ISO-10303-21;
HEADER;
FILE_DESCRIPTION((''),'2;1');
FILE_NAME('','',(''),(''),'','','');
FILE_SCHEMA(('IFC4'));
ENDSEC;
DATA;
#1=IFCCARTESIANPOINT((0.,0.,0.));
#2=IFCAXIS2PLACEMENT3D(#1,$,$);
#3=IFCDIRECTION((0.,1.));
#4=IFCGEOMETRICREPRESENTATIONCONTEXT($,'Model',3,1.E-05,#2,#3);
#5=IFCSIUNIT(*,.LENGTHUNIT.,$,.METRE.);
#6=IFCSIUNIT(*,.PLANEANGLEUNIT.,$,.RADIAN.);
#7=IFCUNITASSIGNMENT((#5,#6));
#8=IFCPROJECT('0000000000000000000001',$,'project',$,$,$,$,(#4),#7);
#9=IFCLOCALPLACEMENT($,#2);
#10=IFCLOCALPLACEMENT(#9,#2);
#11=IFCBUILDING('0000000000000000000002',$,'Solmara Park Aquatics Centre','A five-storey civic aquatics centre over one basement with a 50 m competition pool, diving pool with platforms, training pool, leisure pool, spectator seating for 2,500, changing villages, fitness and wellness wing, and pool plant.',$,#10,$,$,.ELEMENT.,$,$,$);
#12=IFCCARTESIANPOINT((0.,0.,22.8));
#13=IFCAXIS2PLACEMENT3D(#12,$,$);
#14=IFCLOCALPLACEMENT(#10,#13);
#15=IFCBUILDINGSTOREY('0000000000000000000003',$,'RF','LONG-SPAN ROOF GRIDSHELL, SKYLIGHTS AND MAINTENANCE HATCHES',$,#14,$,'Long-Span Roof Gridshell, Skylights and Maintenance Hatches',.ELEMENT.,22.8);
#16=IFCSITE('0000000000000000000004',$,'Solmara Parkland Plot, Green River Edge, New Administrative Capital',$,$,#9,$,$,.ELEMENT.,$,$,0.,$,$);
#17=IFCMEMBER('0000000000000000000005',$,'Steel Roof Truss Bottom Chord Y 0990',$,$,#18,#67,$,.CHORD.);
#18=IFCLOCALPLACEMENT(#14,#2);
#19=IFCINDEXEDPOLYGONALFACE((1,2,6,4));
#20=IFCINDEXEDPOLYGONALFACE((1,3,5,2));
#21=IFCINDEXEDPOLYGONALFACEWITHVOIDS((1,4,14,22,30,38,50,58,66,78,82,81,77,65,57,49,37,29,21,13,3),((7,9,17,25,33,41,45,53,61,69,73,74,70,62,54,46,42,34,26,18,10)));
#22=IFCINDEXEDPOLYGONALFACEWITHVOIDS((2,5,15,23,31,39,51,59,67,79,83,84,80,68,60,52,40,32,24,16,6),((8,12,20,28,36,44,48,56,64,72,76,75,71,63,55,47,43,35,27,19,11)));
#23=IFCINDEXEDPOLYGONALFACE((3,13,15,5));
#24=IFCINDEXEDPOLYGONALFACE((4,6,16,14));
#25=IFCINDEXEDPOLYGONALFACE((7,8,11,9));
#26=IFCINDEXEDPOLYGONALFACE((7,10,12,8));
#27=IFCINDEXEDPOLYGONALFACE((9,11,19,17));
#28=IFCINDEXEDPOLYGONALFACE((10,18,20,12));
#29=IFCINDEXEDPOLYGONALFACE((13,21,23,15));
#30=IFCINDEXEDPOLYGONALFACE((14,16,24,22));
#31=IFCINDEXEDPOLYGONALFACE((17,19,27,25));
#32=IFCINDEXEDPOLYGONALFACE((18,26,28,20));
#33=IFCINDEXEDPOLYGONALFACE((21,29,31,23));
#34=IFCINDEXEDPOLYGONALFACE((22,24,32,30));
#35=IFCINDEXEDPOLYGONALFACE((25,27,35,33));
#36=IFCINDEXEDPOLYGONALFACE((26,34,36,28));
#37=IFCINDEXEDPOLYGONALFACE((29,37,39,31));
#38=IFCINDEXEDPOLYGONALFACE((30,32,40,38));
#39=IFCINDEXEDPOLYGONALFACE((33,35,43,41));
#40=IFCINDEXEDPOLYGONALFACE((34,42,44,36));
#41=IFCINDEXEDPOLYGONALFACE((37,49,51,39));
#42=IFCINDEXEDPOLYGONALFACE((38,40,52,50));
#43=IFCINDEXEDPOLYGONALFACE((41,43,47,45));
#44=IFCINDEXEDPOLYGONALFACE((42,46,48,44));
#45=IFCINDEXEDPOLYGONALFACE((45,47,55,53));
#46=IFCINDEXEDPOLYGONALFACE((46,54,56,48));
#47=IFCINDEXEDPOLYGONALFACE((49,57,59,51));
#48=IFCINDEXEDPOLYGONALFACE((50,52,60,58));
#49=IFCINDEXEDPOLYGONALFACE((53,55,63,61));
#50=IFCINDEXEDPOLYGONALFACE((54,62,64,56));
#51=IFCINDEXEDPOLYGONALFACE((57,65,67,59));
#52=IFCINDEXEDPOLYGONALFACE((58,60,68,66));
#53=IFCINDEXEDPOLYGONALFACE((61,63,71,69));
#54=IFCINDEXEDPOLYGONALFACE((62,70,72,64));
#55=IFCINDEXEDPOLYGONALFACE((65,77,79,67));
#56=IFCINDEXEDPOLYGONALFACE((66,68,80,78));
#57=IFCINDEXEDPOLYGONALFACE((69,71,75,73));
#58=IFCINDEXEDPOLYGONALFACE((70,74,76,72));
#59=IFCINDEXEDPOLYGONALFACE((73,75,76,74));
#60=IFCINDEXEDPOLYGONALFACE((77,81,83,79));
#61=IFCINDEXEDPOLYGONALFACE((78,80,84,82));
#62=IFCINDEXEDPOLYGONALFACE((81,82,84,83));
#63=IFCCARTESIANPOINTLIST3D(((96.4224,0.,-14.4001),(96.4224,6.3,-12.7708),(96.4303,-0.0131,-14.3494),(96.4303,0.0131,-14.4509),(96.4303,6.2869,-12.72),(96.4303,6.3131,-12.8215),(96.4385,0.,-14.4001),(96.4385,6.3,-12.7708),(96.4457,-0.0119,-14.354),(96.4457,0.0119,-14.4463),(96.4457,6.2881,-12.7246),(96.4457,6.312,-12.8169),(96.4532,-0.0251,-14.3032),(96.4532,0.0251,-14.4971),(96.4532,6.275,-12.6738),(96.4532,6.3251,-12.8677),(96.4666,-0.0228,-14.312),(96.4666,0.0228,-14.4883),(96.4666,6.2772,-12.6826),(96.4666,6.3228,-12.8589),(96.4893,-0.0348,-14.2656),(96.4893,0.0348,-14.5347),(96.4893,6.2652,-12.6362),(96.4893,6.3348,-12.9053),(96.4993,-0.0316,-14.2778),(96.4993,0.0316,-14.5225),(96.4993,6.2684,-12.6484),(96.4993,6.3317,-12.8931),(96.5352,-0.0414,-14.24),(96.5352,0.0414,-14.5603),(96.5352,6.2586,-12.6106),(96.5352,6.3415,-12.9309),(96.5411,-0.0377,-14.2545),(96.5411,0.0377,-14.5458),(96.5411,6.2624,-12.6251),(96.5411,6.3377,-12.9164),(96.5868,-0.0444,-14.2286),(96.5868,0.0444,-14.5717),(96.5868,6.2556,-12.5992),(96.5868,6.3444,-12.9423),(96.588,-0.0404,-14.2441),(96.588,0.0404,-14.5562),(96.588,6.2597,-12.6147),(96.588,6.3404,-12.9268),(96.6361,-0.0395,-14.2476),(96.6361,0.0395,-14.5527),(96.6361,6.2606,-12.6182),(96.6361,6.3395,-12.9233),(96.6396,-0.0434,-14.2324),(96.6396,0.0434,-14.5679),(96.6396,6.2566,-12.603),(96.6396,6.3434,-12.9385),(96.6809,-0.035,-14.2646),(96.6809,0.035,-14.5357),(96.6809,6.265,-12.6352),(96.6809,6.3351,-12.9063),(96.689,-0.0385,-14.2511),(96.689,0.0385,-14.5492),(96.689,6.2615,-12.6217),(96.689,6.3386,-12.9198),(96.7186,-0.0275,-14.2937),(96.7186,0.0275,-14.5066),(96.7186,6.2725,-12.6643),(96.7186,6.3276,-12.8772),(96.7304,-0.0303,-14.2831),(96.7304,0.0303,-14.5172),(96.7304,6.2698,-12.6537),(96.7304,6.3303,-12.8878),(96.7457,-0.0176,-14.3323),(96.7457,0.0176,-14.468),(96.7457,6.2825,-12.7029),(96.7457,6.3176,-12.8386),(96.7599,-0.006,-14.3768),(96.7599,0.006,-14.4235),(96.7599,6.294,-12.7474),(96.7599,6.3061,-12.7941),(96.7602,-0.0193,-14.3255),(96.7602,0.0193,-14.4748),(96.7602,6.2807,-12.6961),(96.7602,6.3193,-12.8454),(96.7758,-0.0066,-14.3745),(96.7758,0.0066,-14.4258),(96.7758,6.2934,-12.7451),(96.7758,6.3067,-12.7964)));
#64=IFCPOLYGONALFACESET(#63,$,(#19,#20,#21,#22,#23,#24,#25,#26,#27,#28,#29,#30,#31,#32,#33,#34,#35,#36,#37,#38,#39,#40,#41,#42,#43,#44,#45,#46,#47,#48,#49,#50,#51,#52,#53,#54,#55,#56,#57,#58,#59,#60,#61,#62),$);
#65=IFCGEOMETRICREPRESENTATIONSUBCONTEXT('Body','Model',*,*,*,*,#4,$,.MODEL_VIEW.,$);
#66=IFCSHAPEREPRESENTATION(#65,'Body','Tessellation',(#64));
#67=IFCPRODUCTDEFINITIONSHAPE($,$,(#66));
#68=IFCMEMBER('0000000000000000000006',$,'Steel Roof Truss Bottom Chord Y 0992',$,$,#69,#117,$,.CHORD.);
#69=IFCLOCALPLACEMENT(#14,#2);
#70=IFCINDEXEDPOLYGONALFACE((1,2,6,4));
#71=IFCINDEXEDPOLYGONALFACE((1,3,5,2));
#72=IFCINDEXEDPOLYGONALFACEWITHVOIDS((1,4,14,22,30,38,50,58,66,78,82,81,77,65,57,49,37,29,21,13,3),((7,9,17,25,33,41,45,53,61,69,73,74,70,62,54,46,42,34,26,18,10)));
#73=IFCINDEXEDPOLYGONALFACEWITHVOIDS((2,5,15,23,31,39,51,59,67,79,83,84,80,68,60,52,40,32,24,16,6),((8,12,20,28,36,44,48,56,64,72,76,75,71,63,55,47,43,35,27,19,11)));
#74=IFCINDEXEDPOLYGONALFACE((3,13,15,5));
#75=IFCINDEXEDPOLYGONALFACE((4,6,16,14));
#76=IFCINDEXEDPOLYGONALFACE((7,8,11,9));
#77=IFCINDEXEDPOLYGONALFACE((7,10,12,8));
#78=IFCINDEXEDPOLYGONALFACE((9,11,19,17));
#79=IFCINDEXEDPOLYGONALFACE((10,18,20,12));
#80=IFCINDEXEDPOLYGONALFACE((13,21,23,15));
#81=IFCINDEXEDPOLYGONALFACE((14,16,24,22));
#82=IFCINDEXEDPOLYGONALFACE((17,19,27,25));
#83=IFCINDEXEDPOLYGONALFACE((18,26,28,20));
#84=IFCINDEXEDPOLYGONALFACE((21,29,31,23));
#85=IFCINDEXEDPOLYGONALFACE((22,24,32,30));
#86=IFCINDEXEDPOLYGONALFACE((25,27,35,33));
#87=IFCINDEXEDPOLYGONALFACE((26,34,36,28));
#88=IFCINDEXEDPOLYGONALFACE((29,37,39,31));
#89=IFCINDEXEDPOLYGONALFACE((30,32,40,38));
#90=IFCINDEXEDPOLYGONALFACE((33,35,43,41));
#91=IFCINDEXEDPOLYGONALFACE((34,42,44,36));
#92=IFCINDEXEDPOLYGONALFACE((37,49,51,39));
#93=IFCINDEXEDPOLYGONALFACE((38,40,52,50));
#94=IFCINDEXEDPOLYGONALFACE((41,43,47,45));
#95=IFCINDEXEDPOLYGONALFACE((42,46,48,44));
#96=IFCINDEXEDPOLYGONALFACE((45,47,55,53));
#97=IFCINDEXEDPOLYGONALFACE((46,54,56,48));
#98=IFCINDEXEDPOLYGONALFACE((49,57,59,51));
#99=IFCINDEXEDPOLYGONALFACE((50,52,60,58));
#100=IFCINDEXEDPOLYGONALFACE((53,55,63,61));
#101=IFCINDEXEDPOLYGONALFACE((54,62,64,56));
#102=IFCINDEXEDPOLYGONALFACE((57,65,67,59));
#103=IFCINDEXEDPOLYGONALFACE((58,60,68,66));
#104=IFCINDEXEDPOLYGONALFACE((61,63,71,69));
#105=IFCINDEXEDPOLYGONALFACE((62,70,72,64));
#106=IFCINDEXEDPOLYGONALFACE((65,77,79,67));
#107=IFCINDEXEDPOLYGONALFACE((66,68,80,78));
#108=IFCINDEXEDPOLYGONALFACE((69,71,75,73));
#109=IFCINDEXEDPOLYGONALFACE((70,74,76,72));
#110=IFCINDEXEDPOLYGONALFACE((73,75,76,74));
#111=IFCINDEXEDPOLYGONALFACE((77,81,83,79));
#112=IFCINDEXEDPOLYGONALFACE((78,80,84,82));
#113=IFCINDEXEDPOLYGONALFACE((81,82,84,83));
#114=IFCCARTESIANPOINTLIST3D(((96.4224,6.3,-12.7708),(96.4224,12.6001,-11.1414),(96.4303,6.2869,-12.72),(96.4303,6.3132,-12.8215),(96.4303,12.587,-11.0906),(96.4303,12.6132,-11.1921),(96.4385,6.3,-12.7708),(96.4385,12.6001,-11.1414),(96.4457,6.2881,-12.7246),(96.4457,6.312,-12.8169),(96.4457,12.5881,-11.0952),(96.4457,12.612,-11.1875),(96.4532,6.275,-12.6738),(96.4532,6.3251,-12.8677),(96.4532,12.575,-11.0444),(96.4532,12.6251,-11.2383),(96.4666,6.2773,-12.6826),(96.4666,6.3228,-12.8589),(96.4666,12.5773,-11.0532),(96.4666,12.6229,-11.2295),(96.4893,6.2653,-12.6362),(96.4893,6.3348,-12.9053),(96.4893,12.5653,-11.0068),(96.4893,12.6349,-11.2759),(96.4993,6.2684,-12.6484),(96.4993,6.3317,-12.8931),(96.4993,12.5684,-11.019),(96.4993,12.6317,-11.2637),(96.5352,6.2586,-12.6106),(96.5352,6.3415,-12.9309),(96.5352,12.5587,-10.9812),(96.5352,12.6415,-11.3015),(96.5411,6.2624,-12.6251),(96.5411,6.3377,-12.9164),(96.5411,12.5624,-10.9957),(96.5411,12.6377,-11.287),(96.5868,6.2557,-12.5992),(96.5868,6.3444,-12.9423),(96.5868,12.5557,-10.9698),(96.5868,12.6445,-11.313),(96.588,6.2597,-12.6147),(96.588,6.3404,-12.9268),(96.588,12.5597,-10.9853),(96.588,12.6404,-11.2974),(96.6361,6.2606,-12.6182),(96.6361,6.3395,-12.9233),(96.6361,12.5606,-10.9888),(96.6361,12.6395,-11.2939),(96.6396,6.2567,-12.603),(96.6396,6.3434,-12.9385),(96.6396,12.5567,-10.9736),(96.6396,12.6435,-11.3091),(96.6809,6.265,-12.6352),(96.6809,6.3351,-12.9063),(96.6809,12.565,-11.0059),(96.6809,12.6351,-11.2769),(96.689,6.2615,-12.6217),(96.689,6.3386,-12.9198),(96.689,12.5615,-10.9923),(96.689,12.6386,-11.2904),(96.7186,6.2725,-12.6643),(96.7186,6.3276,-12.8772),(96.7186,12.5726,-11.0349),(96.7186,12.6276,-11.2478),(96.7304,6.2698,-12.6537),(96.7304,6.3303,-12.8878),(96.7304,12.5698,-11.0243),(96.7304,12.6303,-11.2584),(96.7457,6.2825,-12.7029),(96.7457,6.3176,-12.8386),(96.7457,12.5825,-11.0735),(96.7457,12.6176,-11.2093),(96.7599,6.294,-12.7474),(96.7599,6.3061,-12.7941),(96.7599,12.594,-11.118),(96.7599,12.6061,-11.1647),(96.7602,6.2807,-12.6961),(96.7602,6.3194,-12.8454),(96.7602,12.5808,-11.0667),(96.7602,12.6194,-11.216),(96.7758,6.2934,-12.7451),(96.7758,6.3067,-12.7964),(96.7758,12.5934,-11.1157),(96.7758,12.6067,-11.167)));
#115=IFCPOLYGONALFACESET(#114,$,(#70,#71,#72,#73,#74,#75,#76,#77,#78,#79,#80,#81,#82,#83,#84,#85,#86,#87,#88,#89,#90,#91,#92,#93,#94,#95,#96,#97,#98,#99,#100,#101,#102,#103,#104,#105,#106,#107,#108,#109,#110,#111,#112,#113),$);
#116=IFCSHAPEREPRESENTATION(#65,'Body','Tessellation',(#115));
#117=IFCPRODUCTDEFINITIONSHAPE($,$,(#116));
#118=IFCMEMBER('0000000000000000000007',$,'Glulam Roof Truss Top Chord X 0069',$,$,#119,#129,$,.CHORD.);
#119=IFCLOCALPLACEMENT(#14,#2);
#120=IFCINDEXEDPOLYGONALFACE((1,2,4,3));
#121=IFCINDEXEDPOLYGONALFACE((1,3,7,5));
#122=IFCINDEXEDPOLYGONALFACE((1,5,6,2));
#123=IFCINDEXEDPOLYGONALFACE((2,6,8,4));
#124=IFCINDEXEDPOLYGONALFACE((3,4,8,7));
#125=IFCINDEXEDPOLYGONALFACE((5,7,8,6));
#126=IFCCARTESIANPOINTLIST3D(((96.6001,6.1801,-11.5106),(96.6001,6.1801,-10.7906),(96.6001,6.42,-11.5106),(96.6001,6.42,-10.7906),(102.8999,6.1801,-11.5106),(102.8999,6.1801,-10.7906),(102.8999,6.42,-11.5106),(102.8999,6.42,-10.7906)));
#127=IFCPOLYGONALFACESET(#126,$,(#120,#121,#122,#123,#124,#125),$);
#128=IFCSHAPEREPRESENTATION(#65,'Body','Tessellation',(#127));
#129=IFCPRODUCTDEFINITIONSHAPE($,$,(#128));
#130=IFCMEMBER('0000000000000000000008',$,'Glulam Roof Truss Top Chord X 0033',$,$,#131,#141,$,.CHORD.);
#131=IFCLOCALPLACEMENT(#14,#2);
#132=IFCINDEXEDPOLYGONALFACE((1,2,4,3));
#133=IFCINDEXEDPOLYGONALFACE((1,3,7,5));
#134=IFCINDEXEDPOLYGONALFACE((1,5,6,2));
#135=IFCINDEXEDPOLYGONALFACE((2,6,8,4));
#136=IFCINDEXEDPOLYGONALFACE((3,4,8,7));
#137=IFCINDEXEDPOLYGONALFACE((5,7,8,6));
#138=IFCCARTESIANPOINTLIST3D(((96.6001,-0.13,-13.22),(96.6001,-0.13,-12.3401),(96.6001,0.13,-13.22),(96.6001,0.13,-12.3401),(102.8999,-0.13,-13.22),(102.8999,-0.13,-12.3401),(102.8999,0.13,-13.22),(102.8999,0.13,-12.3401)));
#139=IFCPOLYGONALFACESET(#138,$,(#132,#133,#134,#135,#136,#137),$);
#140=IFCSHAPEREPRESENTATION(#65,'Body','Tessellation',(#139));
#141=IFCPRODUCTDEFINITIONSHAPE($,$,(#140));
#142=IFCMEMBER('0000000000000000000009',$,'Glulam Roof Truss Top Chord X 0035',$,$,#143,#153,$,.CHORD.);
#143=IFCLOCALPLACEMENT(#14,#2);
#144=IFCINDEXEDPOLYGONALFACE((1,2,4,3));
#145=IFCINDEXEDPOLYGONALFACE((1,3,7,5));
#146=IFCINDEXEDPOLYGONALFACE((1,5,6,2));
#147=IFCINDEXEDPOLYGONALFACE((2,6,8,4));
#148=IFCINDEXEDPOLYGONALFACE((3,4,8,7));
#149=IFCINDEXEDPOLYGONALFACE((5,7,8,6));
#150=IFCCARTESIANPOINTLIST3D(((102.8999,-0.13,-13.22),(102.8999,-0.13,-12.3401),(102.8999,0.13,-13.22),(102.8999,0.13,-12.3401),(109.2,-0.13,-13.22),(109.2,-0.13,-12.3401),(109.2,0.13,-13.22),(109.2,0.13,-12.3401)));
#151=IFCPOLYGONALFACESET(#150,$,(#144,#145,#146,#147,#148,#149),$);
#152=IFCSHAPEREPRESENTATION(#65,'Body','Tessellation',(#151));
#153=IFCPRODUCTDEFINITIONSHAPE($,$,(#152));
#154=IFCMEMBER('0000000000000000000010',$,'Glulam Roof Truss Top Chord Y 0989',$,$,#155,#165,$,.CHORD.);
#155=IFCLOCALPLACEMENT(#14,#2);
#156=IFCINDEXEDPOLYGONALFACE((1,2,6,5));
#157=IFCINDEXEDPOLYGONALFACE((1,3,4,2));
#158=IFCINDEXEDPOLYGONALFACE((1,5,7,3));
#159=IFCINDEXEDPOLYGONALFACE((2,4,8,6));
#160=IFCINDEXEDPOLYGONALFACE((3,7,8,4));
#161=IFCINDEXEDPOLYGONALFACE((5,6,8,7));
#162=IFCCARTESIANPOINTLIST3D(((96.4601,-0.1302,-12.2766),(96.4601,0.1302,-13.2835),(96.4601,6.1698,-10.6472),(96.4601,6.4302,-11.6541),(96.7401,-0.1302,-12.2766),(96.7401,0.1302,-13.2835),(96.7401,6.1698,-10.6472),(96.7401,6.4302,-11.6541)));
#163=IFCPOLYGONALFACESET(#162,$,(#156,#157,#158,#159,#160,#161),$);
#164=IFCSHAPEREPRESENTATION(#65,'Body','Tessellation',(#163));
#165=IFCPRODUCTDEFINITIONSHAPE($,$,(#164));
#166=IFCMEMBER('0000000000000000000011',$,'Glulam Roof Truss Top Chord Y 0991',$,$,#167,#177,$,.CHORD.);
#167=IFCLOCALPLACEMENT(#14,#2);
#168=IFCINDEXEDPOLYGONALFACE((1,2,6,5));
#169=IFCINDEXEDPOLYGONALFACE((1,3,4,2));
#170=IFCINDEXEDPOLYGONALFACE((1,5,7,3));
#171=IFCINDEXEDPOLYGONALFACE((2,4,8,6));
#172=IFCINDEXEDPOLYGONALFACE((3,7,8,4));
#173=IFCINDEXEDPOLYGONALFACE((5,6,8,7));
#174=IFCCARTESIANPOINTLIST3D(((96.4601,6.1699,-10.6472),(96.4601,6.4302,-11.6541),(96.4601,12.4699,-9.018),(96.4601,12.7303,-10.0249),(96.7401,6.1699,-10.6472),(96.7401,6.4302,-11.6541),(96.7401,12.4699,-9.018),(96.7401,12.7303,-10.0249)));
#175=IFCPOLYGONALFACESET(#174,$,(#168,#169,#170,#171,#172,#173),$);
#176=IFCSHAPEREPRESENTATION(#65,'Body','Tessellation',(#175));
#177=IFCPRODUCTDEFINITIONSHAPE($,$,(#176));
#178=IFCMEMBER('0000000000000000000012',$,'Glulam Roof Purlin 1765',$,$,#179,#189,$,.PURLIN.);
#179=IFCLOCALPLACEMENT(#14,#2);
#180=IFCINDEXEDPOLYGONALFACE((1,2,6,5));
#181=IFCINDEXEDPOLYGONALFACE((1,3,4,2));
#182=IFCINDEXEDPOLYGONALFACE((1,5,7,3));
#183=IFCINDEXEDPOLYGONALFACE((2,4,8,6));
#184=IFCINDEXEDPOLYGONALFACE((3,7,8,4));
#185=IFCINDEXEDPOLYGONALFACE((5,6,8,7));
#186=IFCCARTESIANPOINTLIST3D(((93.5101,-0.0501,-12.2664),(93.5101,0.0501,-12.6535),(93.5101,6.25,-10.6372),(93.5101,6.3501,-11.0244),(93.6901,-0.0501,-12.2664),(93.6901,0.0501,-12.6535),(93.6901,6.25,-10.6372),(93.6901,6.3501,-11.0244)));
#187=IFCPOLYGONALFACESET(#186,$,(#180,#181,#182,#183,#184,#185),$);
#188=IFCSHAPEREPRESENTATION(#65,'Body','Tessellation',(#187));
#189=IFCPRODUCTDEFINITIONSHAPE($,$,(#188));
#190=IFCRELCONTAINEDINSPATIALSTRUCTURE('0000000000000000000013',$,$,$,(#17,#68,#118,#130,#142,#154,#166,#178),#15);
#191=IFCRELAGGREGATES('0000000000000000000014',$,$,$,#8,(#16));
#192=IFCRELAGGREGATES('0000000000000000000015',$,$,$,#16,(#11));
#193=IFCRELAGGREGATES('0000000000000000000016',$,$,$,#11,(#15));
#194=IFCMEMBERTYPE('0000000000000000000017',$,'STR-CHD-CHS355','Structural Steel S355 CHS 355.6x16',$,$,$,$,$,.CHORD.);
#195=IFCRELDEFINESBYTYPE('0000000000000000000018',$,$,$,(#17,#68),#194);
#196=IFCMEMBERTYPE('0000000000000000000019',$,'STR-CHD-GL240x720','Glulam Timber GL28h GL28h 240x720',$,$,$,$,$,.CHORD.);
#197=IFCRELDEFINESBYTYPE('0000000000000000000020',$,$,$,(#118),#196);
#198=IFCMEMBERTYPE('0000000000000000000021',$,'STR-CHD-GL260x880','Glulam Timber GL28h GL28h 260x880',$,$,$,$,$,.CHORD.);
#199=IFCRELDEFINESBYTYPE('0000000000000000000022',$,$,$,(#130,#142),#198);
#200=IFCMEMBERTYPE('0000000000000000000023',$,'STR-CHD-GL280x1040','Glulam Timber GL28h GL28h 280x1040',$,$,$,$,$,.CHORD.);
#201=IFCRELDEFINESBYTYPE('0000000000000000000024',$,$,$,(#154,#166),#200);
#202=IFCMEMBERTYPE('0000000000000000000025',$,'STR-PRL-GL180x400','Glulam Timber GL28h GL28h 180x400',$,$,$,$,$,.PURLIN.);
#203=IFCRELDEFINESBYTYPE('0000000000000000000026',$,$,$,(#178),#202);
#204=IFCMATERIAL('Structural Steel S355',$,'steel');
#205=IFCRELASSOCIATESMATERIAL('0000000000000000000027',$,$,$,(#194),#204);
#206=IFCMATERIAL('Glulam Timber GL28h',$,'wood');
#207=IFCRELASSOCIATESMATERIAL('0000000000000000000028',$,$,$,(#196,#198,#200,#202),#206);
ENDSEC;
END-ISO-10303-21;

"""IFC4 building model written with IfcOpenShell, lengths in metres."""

from ifc_helpers import new_model, si_unit, direction, frame, origin, origin_2d, place, context, subcontext, project, spatial, rectangle, hollow_circle, extrude, material, material_profile, profile_set, type_object, element, save


model = new_model("IFC4")

# Units and contexts
model_context = context("Model", 3, precision=1e-05, world=origin(), true_north=direction((0.0, 1.0)))
body_context = subcontext(model_context, "Body", "Model", "MODEL_VIEW")
ifc_project = project(units=[si_unit("LENGTHUNIT", "METRE"), si_unit("PLANEANGLEUNIT", "RADIAN")], contexts=[model_context])

# Site, building, storey
site_placement = place(None, origin())
site = spatial("IfcSite", under=ifc_project, at=site_placement, Name="Solmara Parkland Plot, Green River Edge, New Administrative Capital", CompositionType="ELEMENT", RefElevation=0.0)
building_placement = place(site_placement, origin())
building = spatial("IfcBuilding", under=site, at=building_placement, Name="Solmara Park Aquatics Centre", Description="A five-storey civic aquatics centre over one basement with a 50 m competition pool, diving pool with platforms, training pool, leisure pool, spectator seating for 2,500, changing villages, fitness and wellness wing, and pool plant.", CompositionType="ELEMENT")
storey_placement = place(building_placement, frame((0.0, 0.0, 22.8)))
storey = spatial("IfcBuildingStorey", under=building, at=storey_placement, Name="RF", Description="LONG-SPAN ROOF GRIDSHELL, SKYLIGHTS AND MAINTENANCE HATCHES", LongName="Long-Span Roof Gridshell, Skylights and Maintenance Hatches", CompositionType="ELEMENT", Elevation=22.8)

# Members
ifc_material_1 = material(Name="Structural Steel S355", Category="steel")
ifc_material_profile_1 = material_profile(ifc_material_1, hollow_circle(Radius=0.1777, WallThickness=0.0161, at=origin_2d()), Name="CHS 355.6x16")
ifc_profile_set_1 = profile_set([ifc_material_profile_1], Name="Structural Steel S355")
member_type_1 = type_object("IfcMemberType", Name="STR-CHD-CHS355", Description="Structural Steel S355 CHS 355.6x16", PredefinedType="CHORD", material=ifc_profile_set_1)
for number, where, z_axis, x_axis, name in (
    (1, (96.6001, 0.0, -14.4001), (0.0, 0.968144, 0.250393), (-1.0, 0.0, 0.0), "Steel Roof Truss Bottom Chord Y 0990"),
    (2, (96.6001, 6.3, -12.7708), (0.0, 0.968144, 0.250393), (-1.0, 0.0, 0.0), "Steel Roof Truss Bottom Chord Y 0992"),
):
    element("IfcMember", number, at=place(storey_placement, frame(where, z_axis=z_axis, x_axis=x_axis)), inside=storey, type_object=member_type_1, Name=name, PredefinedType="CHORD", context=body_context, shape_type="SweptSolid", body=[
        extrude(hollow_circle(Radius=0.1777, WallThickness=0.0161, at=origin_2d()), origin(), (0.0, 0.0, 1.0), 6.5073),
    ])
ifc_material_2 = material(Name="Glulam Timber GL28h", Category="wood")
ifc_material_profile_2 = material_profile(ifc_material_2, rectangle(XDim=0.24, YDim=0.72, at=origin_2d()), Name="GL28h 240x720")
ifc_profile_set_2 = profile_set([ifc_material_profile_2], Name="Glulam Timber GL28h")
member_type_2 = type_object("IfcMemberType", Name="STR-CHD-GL240x720", Description="Glulam Timber GL28h GL28h 240x720", PredefinedType="CHORD", material=ifc_profile_set_2)
member_1_placement = place(storey_placement, frame((96.6001, 6.3, -11.1506), z_axis=(1.0, 0.0, 0.0), x_axis=(0.0, 1.0, 0.0)))
element("IfcMember", 3, at=member_1_placement, inside=storey, type_object=member_type_2, Name="Glulam Roof Truss Top Chord X 0069", PredefinedType="CHORD", context=body_context, shape_type="SweptSolid", body=[
    extrude(rectangle(XDim=0.24, YDim=0.72, at=origin_2d()), origin(), (0.0, 0.0, 1.0), 6.2998),
])
ifc_material_profile_3 = material_profile(ifc_material_2, rectangle(XDim=0.26, YDim=0.8799, at=origin_2d()), Name="GL28h 260x880")
ifc_profile_set_3 = profile_set([ifc_material_profile_3], Name="Glulam Timber GL28h")
member_type_3 = type_object("IfcMemberType", Name="STR-CHD-GL260x880", Description="Glulam Timber GL28h GL28h 260x880", PredefinedType="CHORD", material=ifc_profile_set_3)
member_2_placement = place(storey_placement, frame((96.6001, 0.0, -12.78), z_axis=(1.0, 0.0, 0.0), x_axis=(0.0, 1.0, 0.0)))
element("IfcMember", 4, at=member_2_placement, inside=storey, type_object=member_type_3, Name="Glulam Roof Truss Top Chord X 0033", PredefinedType="CHORD", context=body_context, shape_type="SweptSolid", body=[
    extrude(rectangle(XDim=0.26, YDim=0.8799, at=origin_2d()), origin(), (0.0, 0.0, 1.0), 6.2998),
])
member_3_placement = place(storey_placement, frame((102.8999, 0.0, -12.78), z_axis=(1.0, 0.0, 0.0), x_axis=(0.0, 1.0, 0.0)))
element("IfcMember", 5, at=member_3_placement, inside=storey, type_object=member_type_3, Name="Glulam Roof Truss Top Chord X 0035", PredefinedType="CHORD", context=body_context, shape_type="SweptSolid", body=[
    extrude(rectangle(XDim=0.26, YDim=0.8799, at=origin_2d()), origin(), (0.0, 0.0, 1.0), 6.3),
])
ifc_material_profile_4 = material_profile(ifc_material_2, rectangle(XDim=0.28, YDim=1.04, at=origin_2d()), Name="GL28h 280x1040")
ifc_profile_set_4 = profile_set([ifc_material_profile_4], Name="Glulam Timber GL28h")
member_type_4 = type_object("IfcMemberType", Name="STR-CHD-GL280x1040", Description="Glulam Timber GL28h GL28h 280x1040", PredefinedType="CHORD", material=ifc_profile_set_4)
for number, where, z_axis, x_axis, name in (
    (6, (96.6001, 0.0, -12.78), (0.0, 0.968144, 0.250393), (-1.0, 0.0, 0.0), "Glulam Roof Truss Top Chord Y 0989"),
    (7, (96.6001, 6.3, -11.1506), (0.0, 0.968153, 0.250358), (-1.0, 0.0, 0.0), "Glulam Roof Truss Top Chord Y 0991"),
):
    element("IfcMember", number, at=place(storey_placement, frame(where, z_axis=z_axis, x_axis=x_axis)), inside=storey, type_object=member_type_4, Name=name, PredefinedType="CHORD", context=body_context, shape_type="SweptSolid", body=[
        extrude(rectangle(XDim=0.28, YDim=1.04, at=origin_2d()), origin(), (0.0, 0.0, 1.0), 6.5073),
    ])
ifc_material_profile_5 = material_profile(ifc_material_2, rectangle(XDim=0.1799, YDim=0.3999, at=origin_2d()), Name="GL28h 180x400")
ifc_profile_set_5 = profile_set([ifc_material_profile_5], Name="Glulam Timber GL28h")
member_type_5 = type_object("IfcMemberType", Name="STR-PRL-GL180x400", Description="Glulam Timber GL28h GL28h 180x400", PredefinedType="PURLIN", material=ifc_profile_set_5)
for number, where, z_axis, x_axis, name in (
    (8, (93.6001, 0.0, -12.46), (0.0, 0.968153, 0.250358), (-1.0, 0.0, 0.0), "Glulam Roof Purlin 1765"),
):
    element("IfcMember", number, at=place(storey_placement, frame(where, z_axis=z_axis, x_axis=x_axis)), inside=storey, type_object=member_type_5, Name=name, PredefinedType="PURLIN", context=body_context, shape_type="SweptSolid", body=[
        extrude(rectangle(XDim=0.1799, YDim=0.3999, at=origin_2d()), origin(), (0.0, 0.0, 1.0), 6.5073),
    ])

save(model, "model.ifc")
